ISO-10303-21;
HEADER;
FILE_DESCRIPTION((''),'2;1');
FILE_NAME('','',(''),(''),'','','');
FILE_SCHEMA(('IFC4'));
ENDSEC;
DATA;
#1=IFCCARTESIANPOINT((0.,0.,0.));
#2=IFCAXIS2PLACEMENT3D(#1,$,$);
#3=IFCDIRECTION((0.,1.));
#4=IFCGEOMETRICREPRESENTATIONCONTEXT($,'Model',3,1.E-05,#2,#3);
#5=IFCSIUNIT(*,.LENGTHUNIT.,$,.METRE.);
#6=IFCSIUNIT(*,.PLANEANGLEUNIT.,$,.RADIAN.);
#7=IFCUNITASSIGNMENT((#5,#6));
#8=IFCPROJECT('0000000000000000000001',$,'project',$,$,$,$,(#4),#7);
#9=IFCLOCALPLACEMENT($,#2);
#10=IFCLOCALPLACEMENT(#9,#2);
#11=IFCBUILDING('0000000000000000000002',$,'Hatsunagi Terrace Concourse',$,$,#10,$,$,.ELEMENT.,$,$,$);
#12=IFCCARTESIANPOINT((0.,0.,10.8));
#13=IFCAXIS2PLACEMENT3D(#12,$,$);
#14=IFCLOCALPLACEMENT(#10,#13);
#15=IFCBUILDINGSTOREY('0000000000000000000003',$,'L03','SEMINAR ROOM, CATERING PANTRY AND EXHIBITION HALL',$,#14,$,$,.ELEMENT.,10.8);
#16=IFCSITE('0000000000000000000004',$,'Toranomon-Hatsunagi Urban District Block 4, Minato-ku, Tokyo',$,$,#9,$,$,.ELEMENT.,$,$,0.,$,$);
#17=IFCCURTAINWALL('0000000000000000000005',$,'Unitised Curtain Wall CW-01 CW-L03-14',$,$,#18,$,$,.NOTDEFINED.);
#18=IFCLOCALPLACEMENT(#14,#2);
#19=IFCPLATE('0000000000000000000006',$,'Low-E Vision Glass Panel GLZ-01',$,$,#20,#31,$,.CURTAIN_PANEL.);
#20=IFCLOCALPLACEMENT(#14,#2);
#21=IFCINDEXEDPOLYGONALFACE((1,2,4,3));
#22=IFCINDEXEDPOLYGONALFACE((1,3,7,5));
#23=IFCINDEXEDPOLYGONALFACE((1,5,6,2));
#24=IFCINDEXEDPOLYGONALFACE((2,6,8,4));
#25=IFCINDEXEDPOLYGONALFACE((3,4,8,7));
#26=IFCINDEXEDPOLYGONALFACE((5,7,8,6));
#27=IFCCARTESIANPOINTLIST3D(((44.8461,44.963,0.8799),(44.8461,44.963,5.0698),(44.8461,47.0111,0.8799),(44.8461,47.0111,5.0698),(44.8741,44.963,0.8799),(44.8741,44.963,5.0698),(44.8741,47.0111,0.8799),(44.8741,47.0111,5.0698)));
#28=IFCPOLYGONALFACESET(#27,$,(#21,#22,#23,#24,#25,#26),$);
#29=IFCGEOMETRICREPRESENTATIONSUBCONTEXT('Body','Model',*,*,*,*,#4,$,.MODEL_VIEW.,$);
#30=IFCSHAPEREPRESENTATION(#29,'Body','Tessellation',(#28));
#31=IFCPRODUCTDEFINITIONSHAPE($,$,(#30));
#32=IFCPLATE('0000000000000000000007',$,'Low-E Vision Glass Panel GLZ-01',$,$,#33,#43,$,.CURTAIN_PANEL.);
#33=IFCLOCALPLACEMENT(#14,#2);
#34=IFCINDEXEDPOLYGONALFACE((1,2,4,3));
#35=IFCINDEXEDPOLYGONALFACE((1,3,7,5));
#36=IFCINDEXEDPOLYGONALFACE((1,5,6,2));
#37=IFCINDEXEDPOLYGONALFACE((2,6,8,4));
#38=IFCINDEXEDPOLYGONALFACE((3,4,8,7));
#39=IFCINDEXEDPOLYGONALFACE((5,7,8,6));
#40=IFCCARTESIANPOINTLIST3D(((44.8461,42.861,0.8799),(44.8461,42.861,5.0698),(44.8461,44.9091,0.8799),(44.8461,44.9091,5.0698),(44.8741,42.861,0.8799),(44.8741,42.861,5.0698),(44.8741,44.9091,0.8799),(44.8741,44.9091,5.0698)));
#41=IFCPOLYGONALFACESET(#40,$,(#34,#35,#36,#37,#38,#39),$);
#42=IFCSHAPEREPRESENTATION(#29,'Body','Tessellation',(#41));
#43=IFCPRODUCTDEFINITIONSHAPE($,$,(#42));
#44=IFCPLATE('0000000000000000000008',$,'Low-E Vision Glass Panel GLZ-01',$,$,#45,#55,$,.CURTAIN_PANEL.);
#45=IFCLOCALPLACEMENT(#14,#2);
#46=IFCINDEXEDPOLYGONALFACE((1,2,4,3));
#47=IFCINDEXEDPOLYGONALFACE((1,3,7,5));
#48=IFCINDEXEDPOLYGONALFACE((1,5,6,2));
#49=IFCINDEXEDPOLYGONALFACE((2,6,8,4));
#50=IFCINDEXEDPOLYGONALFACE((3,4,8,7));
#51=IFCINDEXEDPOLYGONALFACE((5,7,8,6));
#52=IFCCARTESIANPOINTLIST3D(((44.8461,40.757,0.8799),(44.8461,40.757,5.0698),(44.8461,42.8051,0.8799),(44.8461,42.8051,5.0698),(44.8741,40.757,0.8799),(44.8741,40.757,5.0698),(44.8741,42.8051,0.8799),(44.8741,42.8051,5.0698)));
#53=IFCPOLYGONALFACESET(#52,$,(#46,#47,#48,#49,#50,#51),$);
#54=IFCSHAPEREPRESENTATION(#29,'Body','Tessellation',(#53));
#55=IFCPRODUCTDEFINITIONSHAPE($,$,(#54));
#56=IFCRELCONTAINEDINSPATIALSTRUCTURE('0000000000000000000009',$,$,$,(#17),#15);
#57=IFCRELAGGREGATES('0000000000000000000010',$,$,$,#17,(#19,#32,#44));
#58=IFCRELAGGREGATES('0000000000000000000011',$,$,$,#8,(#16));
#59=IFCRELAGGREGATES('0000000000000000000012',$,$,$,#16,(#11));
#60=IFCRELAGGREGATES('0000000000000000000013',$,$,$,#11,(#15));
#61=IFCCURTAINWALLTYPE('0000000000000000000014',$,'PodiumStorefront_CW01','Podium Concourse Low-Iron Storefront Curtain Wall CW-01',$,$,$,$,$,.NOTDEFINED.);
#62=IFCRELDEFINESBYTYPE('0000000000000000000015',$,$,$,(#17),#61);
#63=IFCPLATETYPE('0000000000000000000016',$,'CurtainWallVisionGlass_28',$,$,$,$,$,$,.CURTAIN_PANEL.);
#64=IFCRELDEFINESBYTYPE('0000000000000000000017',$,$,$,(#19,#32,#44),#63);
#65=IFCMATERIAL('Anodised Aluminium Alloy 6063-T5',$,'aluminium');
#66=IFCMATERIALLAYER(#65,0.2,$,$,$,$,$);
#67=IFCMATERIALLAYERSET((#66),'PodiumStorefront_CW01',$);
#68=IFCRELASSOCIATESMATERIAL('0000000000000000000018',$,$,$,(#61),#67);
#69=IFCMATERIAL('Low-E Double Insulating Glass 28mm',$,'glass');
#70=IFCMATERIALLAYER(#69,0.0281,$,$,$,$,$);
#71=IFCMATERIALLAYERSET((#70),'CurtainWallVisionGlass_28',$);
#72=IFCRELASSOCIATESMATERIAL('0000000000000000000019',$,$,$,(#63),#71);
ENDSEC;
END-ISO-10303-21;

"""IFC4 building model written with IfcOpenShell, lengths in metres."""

from ifc_helpers import new_model, si_unit, direction, frame, origin, origin_2d, place, context, subcontext, project, spatial, rectangle, extrude, material, layer, layer_set, type_object, element, aggregate, save


model = new_model("IFC4")

# Units and contexts
model_context = context("Model", 3, precision=1e-05, world=origin(), true_north=direction((0.0, 1.0)))
body_context = subcontext(model_context, "Body", "Model", "MODEL_VIEW")
ifc_project = project(units=[si_unit("LENGTHUNIT", "METRE"), si_unit("PLANEANGLEUNIT", "RADIAN")], contexts=[model_context])

# Site, building, storey
site_placement = place(None, origin())
site = spatial("IfcSite", under=ifc_project, at=site_placement, Name="Toranomon-Hatsunagi Urban District Block 4, Minato-ku, Tokyo", CompositionType="ELEMENT", RefElevation=0.0)
building_placement = place(site_placement, origin())
building = spatial("IfcBuilding", under=site, at=building_placement, Name="Hatsunagi Terrace Concourse", CompositionType="ELEMENT")
storey_placement = place(building_placement, frame((0.0, 0.0, 10.8)))
storey = spatial("IfcBuildingStorey", under=building, at=storey_placement, Name="L03", Description="SEMINAR ROOM, CATERING PANTRY AND EXHIBITION HALL", CompositionType="ELEMENT", Elevation=10.8)

# Curtain wall
ifc_material_1 = material(Name="Anodised Aluminium Alloy 6063-T5", Category="aluminium")
ifc_layer_1 = layer(ifc_material_1, 0.2)
ifc_layer_set_1 = layer_set([ifc_layer_1], Name="PodiumStorefront_CW01")
curtain_wall_type = type_object("IfcCurtainWallType", Name="PodiumStorefront_CW01", Description="Podium Concourse Low-Iron Storefront Curtain Wall CW-01", PredefinedType="NOTDEFINED", material=ifc_layer_set_1)
curtain_wall_1_placement = place(storey_placement, origin())
curtain_wall_1 = element("IfcCurtainWall", 1, at=curtain_wall_1_placement, inside=storey, type_object=curtain_wall_type, Name="Unitised Curtain Wall CW-01 CW-L03-14", PredefinedType="NOTDEFINED")

# Plates
ifc_material_2 = material(Name="Low-E Double Insulating Glass 28mm", Category="glass")
ifc_layer_2 = layer(ifc_material_2, 0.0281)
ifc_layer_set_2 = layer_set([ifc_layer_2], Name="CurtainWallVisionGlass_28")
plate_type_1 = type_object("IfcPlateType", Name="CurtainWallVisionGlass_28", PredefinedType="CURTAIN_PANEL", material=ifc_layer_set_2)
plate_1_placement = place(storey_placement, frame((44.8601, 45.9871, 0.8799), z_axis=(0.0, 0.0, 1.0), x_axis=(0.0, -1.0, 0.0)))
plate_1 = element("IfcPlate", 2, at=plate_1_placement, type_object=plate_type_1, Name="Low-E Vision Glass Panel GLZ-01", PredefinedType="CURTAIN_PANEL", context=body_context, shape_type="SweptSolid", body=[
    extrude(rectangle(XDim=2.0481, YDim=0.0281, at=origin_2d()), origin(), (0.0, 0.0, 1.0), 4.1899),
])
plate_2_placement = place(storey_placement, frame((44.8601, 43.885, 0.8799), z_axis=(0.0, 0.0, 1.0), x_axis=(0.0, -1.0, 0.0)))
plate_2 = element("IfcPlate", 3, at=plate_2_placement, type_object=plate_type_1, Name="Low-E Vision Glass Panel GLZ-01", PredefinedType="CURTAIN_PANEL", context=body_context, shape_type="SweptSolid", body=[
    extrude(rectangle(XDim=2.0481, YDim=0.0281, at=origin_2d()), origin(), (0.0, 0.0, 1.0), 4.1899),
])
plate_3_placement = place(storey_placement, frame((44.8601, 41.781, 0.8799), z_axis=(0.0, 0.0, 1.0), x_axis=(0.0, -1.0, 0.0)))
plate_3 = element("IfcPlate", 4, at=plate_3_placement, type_object=plate_type_1, Name="Low-E Vision Glass Panel GLZ-01", PredefinedType="CURTAIN_PANEL", context=body_context, shape_type="SweptSolid", body=[
    extrude(rectangle(XDim=2.0481, YDim=0.0281, at=origin_2d()), origin(), (0.0, 0.0, 1.0), 4.1899),
])
aggregate(curtain_wall_1, [plate_1, plate_2, plate_3])

save(model, "model.ifc")
